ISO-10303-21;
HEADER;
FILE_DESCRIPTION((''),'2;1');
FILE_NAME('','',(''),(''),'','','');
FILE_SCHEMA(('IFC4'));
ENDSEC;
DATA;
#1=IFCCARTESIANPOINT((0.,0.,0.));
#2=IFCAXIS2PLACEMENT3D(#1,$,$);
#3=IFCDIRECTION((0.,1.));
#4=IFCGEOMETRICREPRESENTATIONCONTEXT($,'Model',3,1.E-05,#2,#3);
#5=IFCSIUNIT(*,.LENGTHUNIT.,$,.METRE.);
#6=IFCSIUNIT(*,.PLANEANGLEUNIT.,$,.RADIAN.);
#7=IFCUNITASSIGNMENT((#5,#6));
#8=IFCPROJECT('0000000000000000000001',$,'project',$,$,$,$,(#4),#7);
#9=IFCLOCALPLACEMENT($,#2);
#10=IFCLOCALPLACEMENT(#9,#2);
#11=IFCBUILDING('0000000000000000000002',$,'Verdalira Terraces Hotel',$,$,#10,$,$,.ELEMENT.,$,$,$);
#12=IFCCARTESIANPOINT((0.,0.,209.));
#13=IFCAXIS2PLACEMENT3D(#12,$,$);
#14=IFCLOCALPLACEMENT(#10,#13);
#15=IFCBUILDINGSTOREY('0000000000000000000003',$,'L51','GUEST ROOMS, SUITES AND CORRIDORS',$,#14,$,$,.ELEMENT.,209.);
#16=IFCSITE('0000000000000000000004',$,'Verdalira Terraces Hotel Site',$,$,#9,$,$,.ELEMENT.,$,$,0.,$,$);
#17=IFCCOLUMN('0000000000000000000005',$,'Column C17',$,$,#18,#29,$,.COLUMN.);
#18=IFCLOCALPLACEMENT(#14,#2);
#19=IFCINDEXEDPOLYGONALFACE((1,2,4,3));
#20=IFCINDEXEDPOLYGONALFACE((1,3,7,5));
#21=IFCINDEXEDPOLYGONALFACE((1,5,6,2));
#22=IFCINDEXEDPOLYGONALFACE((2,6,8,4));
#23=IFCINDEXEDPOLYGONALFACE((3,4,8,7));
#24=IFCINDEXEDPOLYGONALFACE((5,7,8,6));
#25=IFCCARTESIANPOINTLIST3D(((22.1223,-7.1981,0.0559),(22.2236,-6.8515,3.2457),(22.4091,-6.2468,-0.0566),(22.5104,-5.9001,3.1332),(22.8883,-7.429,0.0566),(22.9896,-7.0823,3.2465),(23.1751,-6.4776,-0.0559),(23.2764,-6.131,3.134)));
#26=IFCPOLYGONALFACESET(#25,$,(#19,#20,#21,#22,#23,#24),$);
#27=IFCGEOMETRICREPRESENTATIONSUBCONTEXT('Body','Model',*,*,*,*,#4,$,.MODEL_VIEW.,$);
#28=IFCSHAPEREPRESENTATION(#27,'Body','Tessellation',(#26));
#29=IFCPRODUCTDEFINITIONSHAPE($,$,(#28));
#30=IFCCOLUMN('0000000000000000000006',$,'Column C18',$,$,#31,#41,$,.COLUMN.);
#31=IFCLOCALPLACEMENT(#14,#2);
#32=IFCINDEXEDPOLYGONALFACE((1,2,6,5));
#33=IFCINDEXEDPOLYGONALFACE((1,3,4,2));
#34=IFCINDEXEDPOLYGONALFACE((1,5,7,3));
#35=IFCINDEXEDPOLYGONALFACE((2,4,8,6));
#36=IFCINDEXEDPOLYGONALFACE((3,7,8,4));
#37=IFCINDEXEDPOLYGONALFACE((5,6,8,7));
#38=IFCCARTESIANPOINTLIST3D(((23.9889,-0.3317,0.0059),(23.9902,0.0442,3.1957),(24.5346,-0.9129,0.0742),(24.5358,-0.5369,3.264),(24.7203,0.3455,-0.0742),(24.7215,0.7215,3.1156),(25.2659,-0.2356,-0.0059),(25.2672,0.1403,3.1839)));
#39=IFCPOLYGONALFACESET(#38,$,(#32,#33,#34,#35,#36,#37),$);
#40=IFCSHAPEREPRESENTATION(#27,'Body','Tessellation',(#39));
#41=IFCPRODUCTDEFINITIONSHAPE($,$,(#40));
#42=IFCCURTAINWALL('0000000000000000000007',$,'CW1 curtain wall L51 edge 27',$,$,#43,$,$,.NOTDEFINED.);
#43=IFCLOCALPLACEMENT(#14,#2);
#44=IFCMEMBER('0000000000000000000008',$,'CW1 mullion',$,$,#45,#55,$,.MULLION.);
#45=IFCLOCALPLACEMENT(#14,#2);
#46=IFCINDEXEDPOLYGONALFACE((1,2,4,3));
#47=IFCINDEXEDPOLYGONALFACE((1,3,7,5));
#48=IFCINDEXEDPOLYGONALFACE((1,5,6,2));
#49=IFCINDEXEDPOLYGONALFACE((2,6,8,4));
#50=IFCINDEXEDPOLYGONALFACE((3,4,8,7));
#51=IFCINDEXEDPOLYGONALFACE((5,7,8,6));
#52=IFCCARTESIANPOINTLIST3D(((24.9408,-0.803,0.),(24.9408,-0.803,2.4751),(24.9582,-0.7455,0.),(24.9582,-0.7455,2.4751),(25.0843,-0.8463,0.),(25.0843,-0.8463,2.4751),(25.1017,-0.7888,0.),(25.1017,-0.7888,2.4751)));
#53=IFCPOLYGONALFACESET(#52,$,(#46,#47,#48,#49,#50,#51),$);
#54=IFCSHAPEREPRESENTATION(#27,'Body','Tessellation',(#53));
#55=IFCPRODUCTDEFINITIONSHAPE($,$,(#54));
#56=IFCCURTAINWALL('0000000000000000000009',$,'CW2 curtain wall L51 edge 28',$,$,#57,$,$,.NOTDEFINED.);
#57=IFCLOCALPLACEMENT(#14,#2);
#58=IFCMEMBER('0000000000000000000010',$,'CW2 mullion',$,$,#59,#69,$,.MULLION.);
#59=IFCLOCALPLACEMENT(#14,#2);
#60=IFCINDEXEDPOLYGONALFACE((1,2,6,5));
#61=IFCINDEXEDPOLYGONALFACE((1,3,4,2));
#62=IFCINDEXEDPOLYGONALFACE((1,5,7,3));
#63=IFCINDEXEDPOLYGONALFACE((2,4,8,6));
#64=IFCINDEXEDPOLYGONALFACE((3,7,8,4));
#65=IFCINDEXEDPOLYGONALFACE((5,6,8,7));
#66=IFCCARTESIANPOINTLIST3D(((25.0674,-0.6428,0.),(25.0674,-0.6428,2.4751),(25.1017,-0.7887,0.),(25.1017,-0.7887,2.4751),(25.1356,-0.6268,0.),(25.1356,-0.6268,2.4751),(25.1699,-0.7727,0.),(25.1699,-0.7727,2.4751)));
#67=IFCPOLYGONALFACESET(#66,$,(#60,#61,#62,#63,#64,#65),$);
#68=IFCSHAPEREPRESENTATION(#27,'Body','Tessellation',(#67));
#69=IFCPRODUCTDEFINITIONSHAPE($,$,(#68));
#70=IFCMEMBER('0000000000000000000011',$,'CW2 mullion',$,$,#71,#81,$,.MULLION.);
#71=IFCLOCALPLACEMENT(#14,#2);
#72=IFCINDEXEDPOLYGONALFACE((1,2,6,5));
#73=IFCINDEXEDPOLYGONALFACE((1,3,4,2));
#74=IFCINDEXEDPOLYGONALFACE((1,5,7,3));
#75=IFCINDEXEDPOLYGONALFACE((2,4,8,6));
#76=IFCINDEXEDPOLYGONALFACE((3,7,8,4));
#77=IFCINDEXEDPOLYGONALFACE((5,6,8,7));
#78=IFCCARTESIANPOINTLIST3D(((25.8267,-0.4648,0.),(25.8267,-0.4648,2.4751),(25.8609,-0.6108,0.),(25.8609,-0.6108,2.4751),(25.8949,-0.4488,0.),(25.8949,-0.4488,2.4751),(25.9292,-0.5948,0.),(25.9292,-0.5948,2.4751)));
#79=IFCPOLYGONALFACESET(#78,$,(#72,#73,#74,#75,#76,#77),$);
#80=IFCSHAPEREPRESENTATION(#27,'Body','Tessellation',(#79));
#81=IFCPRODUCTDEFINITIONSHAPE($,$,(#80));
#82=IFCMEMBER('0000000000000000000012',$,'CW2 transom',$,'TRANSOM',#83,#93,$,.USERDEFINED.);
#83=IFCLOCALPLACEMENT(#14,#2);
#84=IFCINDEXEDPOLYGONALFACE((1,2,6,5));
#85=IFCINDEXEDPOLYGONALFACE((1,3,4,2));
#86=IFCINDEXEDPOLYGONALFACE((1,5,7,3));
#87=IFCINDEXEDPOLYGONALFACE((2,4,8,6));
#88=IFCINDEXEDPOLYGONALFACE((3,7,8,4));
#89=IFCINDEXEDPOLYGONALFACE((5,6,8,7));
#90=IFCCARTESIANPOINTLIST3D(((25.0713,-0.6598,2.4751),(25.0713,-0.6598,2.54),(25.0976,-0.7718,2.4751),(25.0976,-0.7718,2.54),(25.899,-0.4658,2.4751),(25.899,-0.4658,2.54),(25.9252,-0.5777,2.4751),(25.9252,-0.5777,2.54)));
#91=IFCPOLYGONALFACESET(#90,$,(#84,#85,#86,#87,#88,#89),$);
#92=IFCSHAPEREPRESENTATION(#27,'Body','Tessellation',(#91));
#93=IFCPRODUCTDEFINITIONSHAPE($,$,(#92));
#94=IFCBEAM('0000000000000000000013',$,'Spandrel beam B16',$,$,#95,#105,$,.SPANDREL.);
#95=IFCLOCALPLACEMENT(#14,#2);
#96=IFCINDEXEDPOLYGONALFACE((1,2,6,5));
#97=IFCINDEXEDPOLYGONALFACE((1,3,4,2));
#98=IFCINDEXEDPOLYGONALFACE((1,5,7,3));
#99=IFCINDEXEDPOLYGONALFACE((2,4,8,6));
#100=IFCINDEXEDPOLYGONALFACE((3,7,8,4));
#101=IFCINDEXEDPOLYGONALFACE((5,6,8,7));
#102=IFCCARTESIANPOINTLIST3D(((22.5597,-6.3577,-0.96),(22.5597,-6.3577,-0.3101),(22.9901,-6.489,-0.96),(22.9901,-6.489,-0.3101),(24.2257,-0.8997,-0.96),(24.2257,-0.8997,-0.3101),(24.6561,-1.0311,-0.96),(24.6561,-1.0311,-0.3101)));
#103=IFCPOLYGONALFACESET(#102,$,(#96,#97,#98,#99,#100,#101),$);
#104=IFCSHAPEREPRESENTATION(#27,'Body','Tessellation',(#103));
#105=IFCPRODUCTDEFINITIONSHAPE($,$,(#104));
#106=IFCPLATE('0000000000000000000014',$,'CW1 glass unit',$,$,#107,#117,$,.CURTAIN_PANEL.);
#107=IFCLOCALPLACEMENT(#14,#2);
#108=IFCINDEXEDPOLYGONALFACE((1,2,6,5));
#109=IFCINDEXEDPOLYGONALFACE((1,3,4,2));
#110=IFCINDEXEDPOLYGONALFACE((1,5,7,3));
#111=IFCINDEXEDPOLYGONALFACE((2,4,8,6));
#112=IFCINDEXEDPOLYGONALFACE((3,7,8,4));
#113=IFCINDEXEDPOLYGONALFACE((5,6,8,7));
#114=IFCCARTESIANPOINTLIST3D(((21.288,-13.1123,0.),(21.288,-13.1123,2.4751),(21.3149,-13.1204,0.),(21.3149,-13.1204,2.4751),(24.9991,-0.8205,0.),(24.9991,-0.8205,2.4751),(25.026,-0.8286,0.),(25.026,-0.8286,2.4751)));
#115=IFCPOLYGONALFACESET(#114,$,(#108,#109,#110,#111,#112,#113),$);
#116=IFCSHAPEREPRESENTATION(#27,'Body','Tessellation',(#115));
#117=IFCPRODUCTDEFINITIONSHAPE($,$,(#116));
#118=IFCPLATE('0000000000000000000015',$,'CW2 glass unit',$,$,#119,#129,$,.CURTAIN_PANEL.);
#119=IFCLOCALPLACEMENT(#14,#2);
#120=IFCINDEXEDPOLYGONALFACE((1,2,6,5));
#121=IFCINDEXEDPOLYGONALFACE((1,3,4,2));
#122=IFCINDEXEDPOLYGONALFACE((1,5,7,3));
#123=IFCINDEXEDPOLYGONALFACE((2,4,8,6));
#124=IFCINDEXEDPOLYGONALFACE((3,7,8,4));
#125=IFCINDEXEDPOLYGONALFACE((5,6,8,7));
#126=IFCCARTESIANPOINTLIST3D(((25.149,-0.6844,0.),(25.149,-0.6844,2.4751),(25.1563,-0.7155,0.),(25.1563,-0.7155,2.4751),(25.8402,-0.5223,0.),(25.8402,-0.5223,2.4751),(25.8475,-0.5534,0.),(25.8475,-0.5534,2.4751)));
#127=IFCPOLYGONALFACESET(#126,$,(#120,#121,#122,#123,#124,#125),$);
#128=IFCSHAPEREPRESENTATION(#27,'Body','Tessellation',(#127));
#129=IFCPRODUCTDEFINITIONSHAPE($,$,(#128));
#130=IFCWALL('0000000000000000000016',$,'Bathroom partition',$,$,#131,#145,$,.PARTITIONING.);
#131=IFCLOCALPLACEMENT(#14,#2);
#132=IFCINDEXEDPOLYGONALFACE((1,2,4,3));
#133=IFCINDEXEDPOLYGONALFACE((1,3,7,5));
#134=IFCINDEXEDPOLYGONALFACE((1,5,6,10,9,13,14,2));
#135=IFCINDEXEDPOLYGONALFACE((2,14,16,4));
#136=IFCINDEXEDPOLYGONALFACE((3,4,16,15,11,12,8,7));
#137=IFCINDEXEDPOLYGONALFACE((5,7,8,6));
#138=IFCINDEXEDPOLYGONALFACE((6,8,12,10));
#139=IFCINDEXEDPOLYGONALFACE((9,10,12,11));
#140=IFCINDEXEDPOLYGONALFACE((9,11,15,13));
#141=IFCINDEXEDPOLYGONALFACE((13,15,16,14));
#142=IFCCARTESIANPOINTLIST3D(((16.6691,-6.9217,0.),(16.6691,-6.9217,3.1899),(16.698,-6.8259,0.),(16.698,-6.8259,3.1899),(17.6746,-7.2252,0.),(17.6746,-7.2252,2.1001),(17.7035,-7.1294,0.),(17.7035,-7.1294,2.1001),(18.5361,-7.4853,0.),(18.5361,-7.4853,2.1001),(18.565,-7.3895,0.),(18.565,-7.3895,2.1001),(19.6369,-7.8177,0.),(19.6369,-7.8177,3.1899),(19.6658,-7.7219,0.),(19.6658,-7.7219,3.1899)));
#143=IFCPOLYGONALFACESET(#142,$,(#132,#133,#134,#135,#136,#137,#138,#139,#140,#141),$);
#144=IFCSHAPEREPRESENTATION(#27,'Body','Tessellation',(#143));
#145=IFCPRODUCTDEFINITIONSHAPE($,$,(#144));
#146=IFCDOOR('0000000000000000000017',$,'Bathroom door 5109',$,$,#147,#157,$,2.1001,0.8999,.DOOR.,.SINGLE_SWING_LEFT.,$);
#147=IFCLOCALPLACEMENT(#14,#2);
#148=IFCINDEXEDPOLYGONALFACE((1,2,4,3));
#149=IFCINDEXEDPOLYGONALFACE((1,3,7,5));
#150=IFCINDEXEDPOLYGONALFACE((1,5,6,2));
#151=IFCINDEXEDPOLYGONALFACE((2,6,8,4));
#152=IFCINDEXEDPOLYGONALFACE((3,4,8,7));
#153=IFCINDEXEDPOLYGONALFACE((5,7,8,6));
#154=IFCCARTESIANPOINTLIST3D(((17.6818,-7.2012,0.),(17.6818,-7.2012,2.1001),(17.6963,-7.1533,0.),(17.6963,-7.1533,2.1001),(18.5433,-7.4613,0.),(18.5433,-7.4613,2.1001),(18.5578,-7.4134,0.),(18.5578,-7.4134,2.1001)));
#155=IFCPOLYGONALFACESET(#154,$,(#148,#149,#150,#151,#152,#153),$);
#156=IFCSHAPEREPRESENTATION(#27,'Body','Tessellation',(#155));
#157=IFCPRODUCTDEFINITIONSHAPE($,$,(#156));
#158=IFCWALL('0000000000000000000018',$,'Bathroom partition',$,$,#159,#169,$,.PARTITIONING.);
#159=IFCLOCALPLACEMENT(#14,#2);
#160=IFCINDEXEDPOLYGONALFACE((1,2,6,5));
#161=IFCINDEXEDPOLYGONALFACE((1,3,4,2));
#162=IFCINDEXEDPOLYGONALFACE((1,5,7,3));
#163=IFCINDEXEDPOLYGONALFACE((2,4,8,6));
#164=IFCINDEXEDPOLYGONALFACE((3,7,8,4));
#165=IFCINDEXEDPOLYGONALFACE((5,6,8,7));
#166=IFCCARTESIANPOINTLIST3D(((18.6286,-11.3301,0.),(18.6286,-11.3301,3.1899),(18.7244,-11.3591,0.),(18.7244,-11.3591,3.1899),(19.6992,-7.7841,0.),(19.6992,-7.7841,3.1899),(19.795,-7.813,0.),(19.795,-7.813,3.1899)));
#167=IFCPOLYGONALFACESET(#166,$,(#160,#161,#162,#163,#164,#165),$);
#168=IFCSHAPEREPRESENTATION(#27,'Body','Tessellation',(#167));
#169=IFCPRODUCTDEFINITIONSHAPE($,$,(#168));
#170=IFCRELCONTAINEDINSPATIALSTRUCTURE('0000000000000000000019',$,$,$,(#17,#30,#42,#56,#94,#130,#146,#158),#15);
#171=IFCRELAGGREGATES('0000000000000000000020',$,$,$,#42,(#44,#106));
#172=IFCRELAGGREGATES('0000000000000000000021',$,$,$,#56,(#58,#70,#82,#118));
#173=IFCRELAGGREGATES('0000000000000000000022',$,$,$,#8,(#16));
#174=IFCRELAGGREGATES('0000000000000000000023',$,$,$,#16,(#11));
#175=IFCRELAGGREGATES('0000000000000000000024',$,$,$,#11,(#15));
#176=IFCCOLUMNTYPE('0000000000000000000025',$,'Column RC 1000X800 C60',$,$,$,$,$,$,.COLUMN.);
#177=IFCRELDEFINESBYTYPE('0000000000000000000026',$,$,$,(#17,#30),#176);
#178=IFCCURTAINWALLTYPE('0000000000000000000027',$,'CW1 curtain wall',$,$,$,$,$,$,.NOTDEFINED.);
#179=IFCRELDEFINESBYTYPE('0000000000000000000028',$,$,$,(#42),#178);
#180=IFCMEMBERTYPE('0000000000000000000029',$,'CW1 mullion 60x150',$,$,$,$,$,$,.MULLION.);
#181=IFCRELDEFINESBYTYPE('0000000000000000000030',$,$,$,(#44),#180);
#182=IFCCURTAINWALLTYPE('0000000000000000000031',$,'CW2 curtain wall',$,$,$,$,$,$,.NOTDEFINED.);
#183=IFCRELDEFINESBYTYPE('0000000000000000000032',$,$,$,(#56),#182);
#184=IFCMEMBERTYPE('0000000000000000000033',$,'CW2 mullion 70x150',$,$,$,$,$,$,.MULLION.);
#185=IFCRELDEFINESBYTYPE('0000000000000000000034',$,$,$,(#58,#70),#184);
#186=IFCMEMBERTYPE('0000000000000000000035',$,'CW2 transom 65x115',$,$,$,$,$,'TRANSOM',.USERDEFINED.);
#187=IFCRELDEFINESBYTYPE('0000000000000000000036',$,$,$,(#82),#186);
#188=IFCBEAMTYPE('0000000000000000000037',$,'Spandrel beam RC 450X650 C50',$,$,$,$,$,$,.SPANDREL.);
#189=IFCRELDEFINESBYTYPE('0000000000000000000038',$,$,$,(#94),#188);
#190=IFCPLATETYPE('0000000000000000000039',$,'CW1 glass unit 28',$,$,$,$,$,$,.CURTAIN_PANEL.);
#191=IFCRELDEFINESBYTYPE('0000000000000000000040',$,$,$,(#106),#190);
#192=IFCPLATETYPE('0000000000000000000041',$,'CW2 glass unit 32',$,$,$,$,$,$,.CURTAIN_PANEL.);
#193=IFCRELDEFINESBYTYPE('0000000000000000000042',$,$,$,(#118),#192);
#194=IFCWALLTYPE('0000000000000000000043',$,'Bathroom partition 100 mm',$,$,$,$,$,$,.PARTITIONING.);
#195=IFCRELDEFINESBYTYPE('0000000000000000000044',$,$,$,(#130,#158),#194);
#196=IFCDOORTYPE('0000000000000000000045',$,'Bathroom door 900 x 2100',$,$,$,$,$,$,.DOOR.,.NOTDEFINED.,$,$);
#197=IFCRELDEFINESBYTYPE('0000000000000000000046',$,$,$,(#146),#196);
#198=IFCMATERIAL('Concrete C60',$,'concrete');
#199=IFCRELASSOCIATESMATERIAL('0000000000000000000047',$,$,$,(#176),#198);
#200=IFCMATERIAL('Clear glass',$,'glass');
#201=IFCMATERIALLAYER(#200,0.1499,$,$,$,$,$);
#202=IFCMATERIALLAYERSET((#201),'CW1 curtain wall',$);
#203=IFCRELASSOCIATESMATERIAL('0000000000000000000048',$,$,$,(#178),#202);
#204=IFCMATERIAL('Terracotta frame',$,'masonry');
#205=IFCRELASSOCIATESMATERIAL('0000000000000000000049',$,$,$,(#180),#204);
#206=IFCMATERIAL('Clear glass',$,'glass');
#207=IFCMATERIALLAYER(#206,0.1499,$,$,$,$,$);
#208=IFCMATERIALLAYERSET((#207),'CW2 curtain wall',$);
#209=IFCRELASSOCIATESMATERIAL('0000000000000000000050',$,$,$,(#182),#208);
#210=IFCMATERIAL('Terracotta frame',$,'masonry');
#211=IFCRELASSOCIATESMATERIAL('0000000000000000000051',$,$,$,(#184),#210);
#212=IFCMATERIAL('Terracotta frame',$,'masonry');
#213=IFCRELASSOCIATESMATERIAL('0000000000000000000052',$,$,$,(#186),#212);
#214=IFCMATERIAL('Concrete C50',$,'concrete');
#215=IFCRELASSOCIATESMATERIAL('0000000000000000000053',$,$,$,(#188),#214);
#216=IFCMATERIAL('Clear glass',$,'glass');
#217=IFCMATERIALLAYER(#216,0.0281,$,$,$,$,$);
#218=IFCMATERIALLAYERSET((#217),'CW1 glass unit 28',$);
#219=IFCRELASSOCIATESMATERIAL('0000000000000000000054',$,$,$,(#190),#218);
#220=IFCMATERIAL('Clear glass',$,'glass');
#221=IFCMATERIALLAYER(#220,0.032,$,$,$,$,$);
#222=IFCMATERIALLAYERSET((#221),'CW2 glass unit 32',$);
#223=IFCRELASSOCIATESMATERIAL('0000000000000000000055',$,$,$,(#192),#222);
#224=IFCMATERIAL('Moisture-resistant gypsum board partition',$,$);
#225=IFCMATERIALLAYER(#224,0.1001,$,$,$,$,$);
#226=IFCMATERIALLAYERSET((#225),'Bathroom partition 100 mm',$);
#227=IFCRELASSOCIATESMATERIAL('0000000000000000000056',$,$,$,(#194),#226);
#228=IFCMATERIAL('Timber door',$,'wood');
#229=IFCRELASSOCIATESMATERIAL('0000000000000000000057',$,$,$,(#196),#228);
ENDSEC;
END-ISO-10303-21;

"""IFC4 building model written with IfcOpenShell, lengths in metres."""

from ifc_helpers import new_model, si_unit, direction, frame, frame_2d, origin, origin_2d, place, context, subcontext, project, spatial, rectangle, extrude, material, layer, layer_set, material_profile, profile_set, type_object, element, fill, aggregate, save


model = new_model("IFC4")

# Units and contexts
model_context = context("Model", 3, precision=1e-05, world=origin(), true_north=direction((0.0, 1.0)))
body_context = subcontext(model_context, "Body", "Model", "MODEL_VIEW")
ifc_project = project(units=[si_unit("LENGTHUNIT", "METRE"), si_unit("PLANEANGLEUNIT", "RADIAN")], contexts=[model_context])

# Site, building, storey
site_placement = place(None, origin())
site = spatial("IfcSite", under=ifc_project, at=site_placement, Name="Verdalira Terraces Hotel Site", CompositionType="ELEMENT", RefElevation=0.0)
building_placement = place(site_placement, origin())
building = spatial("IfcBuilding", under=site, at=building_placement, Name="Verdalira Terraces Hotel", CompositionType="ELEMENT")
storey_placement = place(building_placement, frame((0.0, 0.0, 209.0)))
storey = spatial("IfcBuildingStorey", under=building, at=storey_placement, Name="L51", Description="GUEST ROOMS, SUITES AND CORRIDORS", CompositionType="ELEMENT", Elevation=209.0)

# Columns
ifc_material_1 = material(Name="Concrete C60", Category="concrete")
ifc_material_profile_1 = material_profile(ifc_material_1, rectangle(XDim=1.0, YDim=0.8, at=origin_2d()), Name="RC 1000X800")
ifc_profile_set_1 = profile_set([ifc_material_profile_1], Name="Concrete C60")
column_type = type_object("IfcColumnType", Name="Column RC 1000X800 C60", PredefinedType="COLUMN", material=ifc_profile_set_1)
column_1_placement = place(storey_placement, frame((22.6487, -6.8379, 0.0), z_axis=(0.03156, 0.107989, 0.993651), x_axis=(0.286821, 0.951355, -0.112502)))
element("IfcColumn", 1, at=column_1_placement, inside=storey, type_object=column_type, Name="Column C17", PredefinedType="COLUMN", context=body_context, shape_type="SweptSolid", body=[
    extrude(rectangle(XDim=1.0, YDim=0.8, at=origin_2d()), origin(), (0.0, 0.0, 1.0), 3.2102),
])
column_2_placement = place(storey_placement, frame((24.6274, -0.2837, 0.0), z_axis=(0.00038, 0.117053, 0.993126), x_axis=(-0.731376, -0.677254, 0.080103)))
element("IfcColumn", 2, at=column_2_placement, inside=storey, type_object=column_type, Name="Column C18", PredefinedType="COLUMN", context=body_context, shape_type="SweptSolid", body=[
    extrude(rectangle(XDim=1.0, YDim=0.8, at=origin_2d()), origin(), (0.0, 0.0, 1.0), 3.2119),
])

# Curtain wall, member
ifc_material_2 = material(Name="Clear glass", Category="glass")
ifc_layer_1 = layer(ifc_material_2, 0.1499)
ifc_layer_set_1 = layer_set([ifc_layer_1], Name="CW1 curtain wall")
curtain_wall_type_1 = type_object("IfcCurtainWallType", Name="CW1 curtain wall", PredefinedType="NOTDEFINED", material=ifc_layer_set_1)
curtain_wall_1_placement = place(storey_placement, origin())
curtain_wall_1 = element("IfcCurtainWall", 3, at=curtain_wall_1_placement, inside=storey, type_object=curtain_wall_type_1, Name="CW1 curtain wall L51 edge 27", PredefinedType="NOTDEFINED")
ifc_material_3 = material(Name="Terracotta frame", Category="masonry")
ifc_material_profile_2 = material_profile(ifc_material_3, rectangle(XDim=0.0601, YDim=0.1499, at=origin_2d()), Name="MU 60x150")
ifc_profile_set_2 = profile_set([ifc_material_profile_2], Name="Terracotta frame")
member_type_1 = type_object("IfcMemberType", Name="CW1 mullion 60x150", PredefinedType="MULLION", material=ifc_profile_set_2)
member_1_placement = place(storey_placement, frame((25.0212, -0.7959, 0.0), z_axis=(0.0, 0.0, 1.0), x_axis=(0.289032, 0.957319, 0.0)))
member_1 = element("IfcMember", 4, at=member_1_placement, type_object=member_type_1, Name="CW1 mullion", PredefinedType="MULLION", context=body_context, shape_type="SweptSolid", body=[
    extrude(rectangle(XDim=0.0601, YDim=0.1499, at=origin_2d()), origin(), (0.0, 0.0, 1.0), 2.4751),
])

# Curtain wall, members
ifc_material_4 = material(Name="Clear glass", Category="glass")
ifc_layer_2 = layer(ifc_material_4, 0.1499)
ifc_layer_set_2 = layer_set([ifc_layer_2], Name="CW2 curtain wall")
curtain_wall_type_2 = type_object("IfcCurtainWallType", Name="CW2 curtain wall", PredefinedType="NOTDEFINED", material=ifc_layer_set_2)
curtain_wall_2_placement = place(storey_placement, origin())
curtain_wall_2 = element("IfcCurtainWall", 5, at=curtain_wall_2_placement, inside=storey, type_object=curtain_wall_type_2, Name="CW2 curtain wall L51 edge 28", PredefinedType="NOTDEFINED")
ifc_material_5 = material(Name="Terracotta frame", Category="masonry")
ifc_material_profile_3 = material_profile(ifc_material_5, rectangle(XDim=0.0701, YDim=0.1499, at=origin_2d()), Name="MU 70x150")
ifc_profile_set_3 = profile_set([ifc_material_profile_3], Name="Terracotta frame")
member_type_2 = type_object("IfcMemberType", Name="CW2 mullion 70x150", PredefinedType="MULLION", material=ifc_profile_set_3)
member_2_placement = place(storey_placement, frame((25.1187, -0.7078, 0.0), z_axis=(0.0, 0.0, 1.0), x_axis=(0.973579, 0.228351, 0.0)))
member_2 = element("IfcMember", 6, at=member_2_placement, type_object=member_type_2, Name="CW2 mullion", PredefinedType="MULLION", context=body_context, shape_type="SweptSolid", body=[
    extrude(rectangle(XDim=0.0701, YDim=0.1499, at=origin_2d()), origin(), (0.0, 0.0, 1.0), 2.4751),
])
member_3_placement = place(storey_placement, frame((25.8779, -0.5298, 0.0), z_axis=(0.0, 0.0, 1.0), x_axis=(0.973579, 0.228351, 0.0)))
member_3 = element("IfcMember", 7, at=member_3_placement, type_object=member_type_2, Name="CW2 mullion", PredefinedType="MULLION", context=body_context, shape_type="SweptSolid", body=[
    extrude(rectangle(XDim=0.0701, YDim=0.1499, at=origin_2d()), origin(), (0.0, 0.0, 1.0), 2.4751),
])
ifc_material_6 = material(Name="Terracotta frame", Category="masonry")
ifc_material_profile_4 = material_profile(ifc_material_6, rectangle(XDim=0.115, YDim=0.0649, at=origin_2d()), Name="TR 65x115")
ifc_profile_set_4 = profile_set([ifc_material_profile_4], Name="Terracotta frame")
member_type_3 = type_object("IfcMemberType", Name="CW2 transom 65x115", ElementType="TRANSOM", PredefinedType="USERDEFINED", material=ifc_profile_set_4)
member_4_placement = place(storey_placement, frame((25.0845, -0.7158, 2.5076), z_axis=(0.973586, 0.228319, 0.0), x_axis=(-0.228319, 0.973586, 0.0)))
member_4 = element("IfcMember", 8, at=member_4_placement, type_object=member_type_3, Name="CW2 transom", ObjectType="TRANSOM", PredefinedType="USERDEFINED", context=body_context, shape_type="SweptSolid", body=[
    extrude(rectangle(XDim=0.115, YDim=0.0649, at=origin_2d()), origin(), (0.0, 0.0, 1.0), 0.8501),
])

# Beam
ifc_material_7 = material(Name="Concrete C50", Category="concrete")
ifc_material_profile_5 = material_profile(ifc_material_7, rectangle(XDim=0.45, YDim=0.6499, at=origin_2d()), Name="RC 450X650")
ifc_profile_set_5 = profile_set([ifc_material_profile_5], Name="Concrete C50")
beam_type = type_object("IfcBeamType", Name="Spandrel beam RC 450X650 C50", PredefinedType="SPANDREL", material=ifc_profile_set_5)
beam_placement = place(storey_placement, frame((22.7749, -6.4233, -0.635), z_axis=(0.291945, 0.956435, 0.0), x_axis=(-0.956435, 0.291945, 0.0)))
element("IfcBeam", 9, at=beam_placement, inside=storey, type_object=beam_type, Name="Spandrel beam B16", PredefinedType="SPANDREL", context=body_context, shape_type="SweptSolid", body=[
    extrude(rectangle(XDim=0.45, YDim=0.6499, at=origin_2d()), origin(), (0.0, 0.0, 1.0), 5.7065),
])

# Plates
ifc_material_8 = material(Name="Clear glass", Category="glass")
ifc_layer_3 = layer(ifc_material_8, 0.0281)
ifc_layer_set_3 = layer_set([ifc_layer_3], Name="CW1 glass unit 28")
plate_type_1 = type_object("IfcPlateType", Name="CW1 glass unit 28", PredefinedType="CURTAIN_PANEL", material=ifc_layer_set_3)
plate_1_placement = place(storey_placement, frame((23.157, -6.9705, 0.0), z_axis=(0.0, 0.0, 1.0), x_axis=(0.289032, 0.957319, 0.0)))
plate_1 = element("IfcPlate", 10, at=plate_1_placement, type_object=plate_type_1, Name="CW1 glass unit", PredefinedType="CURTAIN_PANEL", context=body_context, shape_type="SweptSolid", body=[
    extrude(rectangle(XDim=12.8398, YDim=0.0281, at=origin_2d()), origin(), (0.0, 0.0, 1.0), 2.4751),
])
aggregate(curtain_wall_1, [member_1, plate_1])
ifc_material_9 = material(Name="Clear glass", Category="glass")
ifc_layer_4 = layer(ifc_material_9, 0.032)
ifc_layer_set_4 = layer_set([ifc_layer_4], Name="CW2 glass unit 32")
plate_type_2 = type_object("IfcPlateType", Name="CW2 glass unit 32", PredefinedType="CURTAIN_PANEL", material=ifc_layer_set_4)
plate_2_placement = place(storey_placement, frame((25.4983, -0.6189, 0.0), z_axis=(0.0, 0.0, 1.0), x_axis=(0.973579, 0.228351, 0.0)))
plate_2 = element("IfcPlate", 11, at=plate_2_placement, type_object=plate_type_2, Name="CW2 glass unit", PredefinedType="CURTAIN_PANEL", context=body_context, shape_type="SweptSolid", body=[
    extrude(rectangle(XDim=0.71, YDim=0.032, at=origin_2d()), origin(), (0.0, 0.0, 1.0), 2.4751),
])
aggregate(curtain_wall_2, [member_2, member_3, member_4, plate_2])

# Wall, opening, door
ifc_material_10 = material(Name="Moisture-resistant gypsum board partition")
ifc_layer_5 = layer(ifc_material_10, 0.1001)
ifc_layer_set_5 = layer_set([ifc_layer_5], Name="Bathroom partition 100 mm")
wall_type_1 = type_object("IfcWallType", Name="Bathroom partition 100 mm", PredefinedType="PARTITIONING", material=ifc_layer_set_5)
wall_1_placement = place(storey_placement, frame((19.6514, -7.7698, 0.0), z_axis=(0.0, 0.0, 1.0), x_axis=(-0.957322, 0.289024, 0.0)))
wall_1 = element("IfcWall", 12, at=wall_1_placement, inside=storey, type_object=wall_type_1, Name="Bathroom partition", PredefinedType="PARTITIONING", context=body_context, shape_type="SweptSolid", body=[
    extrude(rectangle(XDim=3.1001, YDim=0.1001, at=frame_2d((1.55, 0.0))), origin(), (0.0, 0.0, 1.0), 3.1899),
])
opening_1_placement = place(wall_1_placement, frame((1.1499, 0.0, 0.0)))
opening_1 = element("IfcOpeningElement", 13, at=opening_1_placement, cuts=wall_1, PredefinedType="OPENING", context=body_context, shape_type="SweptSolid", body=[
    extrude(rectangle(XDim=0.8999, YDim=2.1001, at=frame_2d((0.45, 1.05))), frame((0.0, 0.0601, 0.0), z_axis=(0.0, -1.0, 0.0), x_axis=(1.0, 0.0, 0.0)), (0.0, 0.0, 1.0), 0.1201),
])
ifc_material_11 = material(Name="Timber door", Category="wood")
door_type_1 = type_object("IfcDoorType", Name="Bathroom door 900 x 2100", OperationType="NOTDEFINED", PredefinedType="DOOR", material=ifc_material_11)
door_1_placement = place(opening_1_placement, origin())
door_1 = element("IfcDoor", 14, at=door_1_placement, inside=storey, type_object=door_type_1, Name="Bathroom door 5109", OperationType="SINGLE_SWING_LEFT", OverallHeight=2.1001, OverallWidth=0.8999, PredefinedType="DOOR", context=body_context, shape_type="SweptSolid", body=[
    extrude(rectangle(XDim=0.8999, YDim=2.1001, at=frame_2d((0.45, 1.05))), frame((0.0, 0.0249, 0.0), z_axis=(0.0, -1.0, 0.0), x_axis=(1.0, 0.0, 0.0)), (0.0, 0.0, 1.0), 0.05),
])
fill(opening_1, door_1)

# Wall
wall_2_placement = place(storey_placement, frame((19.7471, -7.7986, 0.0), z_axis=(0.0, 0.0, 1.0), x_axis=(-0.289029, -0.95732, 0.0)))
element("IfcWall", 15, at=wall_2_placement, inside=storey, type_object=wall_type_1, Name="Bathroom partition", PredefinedType="PARTITIONING", context=body_context, shape_type="SweptSolid", body=[
    extrude(rectangle(XDim=3.7041, YDim=0.1001, at=frame_2d((1.8521, 0.0))), origin(), (0.0, 0.0, 1.0), 3.1899),
])

save(model, "model.ifc")
